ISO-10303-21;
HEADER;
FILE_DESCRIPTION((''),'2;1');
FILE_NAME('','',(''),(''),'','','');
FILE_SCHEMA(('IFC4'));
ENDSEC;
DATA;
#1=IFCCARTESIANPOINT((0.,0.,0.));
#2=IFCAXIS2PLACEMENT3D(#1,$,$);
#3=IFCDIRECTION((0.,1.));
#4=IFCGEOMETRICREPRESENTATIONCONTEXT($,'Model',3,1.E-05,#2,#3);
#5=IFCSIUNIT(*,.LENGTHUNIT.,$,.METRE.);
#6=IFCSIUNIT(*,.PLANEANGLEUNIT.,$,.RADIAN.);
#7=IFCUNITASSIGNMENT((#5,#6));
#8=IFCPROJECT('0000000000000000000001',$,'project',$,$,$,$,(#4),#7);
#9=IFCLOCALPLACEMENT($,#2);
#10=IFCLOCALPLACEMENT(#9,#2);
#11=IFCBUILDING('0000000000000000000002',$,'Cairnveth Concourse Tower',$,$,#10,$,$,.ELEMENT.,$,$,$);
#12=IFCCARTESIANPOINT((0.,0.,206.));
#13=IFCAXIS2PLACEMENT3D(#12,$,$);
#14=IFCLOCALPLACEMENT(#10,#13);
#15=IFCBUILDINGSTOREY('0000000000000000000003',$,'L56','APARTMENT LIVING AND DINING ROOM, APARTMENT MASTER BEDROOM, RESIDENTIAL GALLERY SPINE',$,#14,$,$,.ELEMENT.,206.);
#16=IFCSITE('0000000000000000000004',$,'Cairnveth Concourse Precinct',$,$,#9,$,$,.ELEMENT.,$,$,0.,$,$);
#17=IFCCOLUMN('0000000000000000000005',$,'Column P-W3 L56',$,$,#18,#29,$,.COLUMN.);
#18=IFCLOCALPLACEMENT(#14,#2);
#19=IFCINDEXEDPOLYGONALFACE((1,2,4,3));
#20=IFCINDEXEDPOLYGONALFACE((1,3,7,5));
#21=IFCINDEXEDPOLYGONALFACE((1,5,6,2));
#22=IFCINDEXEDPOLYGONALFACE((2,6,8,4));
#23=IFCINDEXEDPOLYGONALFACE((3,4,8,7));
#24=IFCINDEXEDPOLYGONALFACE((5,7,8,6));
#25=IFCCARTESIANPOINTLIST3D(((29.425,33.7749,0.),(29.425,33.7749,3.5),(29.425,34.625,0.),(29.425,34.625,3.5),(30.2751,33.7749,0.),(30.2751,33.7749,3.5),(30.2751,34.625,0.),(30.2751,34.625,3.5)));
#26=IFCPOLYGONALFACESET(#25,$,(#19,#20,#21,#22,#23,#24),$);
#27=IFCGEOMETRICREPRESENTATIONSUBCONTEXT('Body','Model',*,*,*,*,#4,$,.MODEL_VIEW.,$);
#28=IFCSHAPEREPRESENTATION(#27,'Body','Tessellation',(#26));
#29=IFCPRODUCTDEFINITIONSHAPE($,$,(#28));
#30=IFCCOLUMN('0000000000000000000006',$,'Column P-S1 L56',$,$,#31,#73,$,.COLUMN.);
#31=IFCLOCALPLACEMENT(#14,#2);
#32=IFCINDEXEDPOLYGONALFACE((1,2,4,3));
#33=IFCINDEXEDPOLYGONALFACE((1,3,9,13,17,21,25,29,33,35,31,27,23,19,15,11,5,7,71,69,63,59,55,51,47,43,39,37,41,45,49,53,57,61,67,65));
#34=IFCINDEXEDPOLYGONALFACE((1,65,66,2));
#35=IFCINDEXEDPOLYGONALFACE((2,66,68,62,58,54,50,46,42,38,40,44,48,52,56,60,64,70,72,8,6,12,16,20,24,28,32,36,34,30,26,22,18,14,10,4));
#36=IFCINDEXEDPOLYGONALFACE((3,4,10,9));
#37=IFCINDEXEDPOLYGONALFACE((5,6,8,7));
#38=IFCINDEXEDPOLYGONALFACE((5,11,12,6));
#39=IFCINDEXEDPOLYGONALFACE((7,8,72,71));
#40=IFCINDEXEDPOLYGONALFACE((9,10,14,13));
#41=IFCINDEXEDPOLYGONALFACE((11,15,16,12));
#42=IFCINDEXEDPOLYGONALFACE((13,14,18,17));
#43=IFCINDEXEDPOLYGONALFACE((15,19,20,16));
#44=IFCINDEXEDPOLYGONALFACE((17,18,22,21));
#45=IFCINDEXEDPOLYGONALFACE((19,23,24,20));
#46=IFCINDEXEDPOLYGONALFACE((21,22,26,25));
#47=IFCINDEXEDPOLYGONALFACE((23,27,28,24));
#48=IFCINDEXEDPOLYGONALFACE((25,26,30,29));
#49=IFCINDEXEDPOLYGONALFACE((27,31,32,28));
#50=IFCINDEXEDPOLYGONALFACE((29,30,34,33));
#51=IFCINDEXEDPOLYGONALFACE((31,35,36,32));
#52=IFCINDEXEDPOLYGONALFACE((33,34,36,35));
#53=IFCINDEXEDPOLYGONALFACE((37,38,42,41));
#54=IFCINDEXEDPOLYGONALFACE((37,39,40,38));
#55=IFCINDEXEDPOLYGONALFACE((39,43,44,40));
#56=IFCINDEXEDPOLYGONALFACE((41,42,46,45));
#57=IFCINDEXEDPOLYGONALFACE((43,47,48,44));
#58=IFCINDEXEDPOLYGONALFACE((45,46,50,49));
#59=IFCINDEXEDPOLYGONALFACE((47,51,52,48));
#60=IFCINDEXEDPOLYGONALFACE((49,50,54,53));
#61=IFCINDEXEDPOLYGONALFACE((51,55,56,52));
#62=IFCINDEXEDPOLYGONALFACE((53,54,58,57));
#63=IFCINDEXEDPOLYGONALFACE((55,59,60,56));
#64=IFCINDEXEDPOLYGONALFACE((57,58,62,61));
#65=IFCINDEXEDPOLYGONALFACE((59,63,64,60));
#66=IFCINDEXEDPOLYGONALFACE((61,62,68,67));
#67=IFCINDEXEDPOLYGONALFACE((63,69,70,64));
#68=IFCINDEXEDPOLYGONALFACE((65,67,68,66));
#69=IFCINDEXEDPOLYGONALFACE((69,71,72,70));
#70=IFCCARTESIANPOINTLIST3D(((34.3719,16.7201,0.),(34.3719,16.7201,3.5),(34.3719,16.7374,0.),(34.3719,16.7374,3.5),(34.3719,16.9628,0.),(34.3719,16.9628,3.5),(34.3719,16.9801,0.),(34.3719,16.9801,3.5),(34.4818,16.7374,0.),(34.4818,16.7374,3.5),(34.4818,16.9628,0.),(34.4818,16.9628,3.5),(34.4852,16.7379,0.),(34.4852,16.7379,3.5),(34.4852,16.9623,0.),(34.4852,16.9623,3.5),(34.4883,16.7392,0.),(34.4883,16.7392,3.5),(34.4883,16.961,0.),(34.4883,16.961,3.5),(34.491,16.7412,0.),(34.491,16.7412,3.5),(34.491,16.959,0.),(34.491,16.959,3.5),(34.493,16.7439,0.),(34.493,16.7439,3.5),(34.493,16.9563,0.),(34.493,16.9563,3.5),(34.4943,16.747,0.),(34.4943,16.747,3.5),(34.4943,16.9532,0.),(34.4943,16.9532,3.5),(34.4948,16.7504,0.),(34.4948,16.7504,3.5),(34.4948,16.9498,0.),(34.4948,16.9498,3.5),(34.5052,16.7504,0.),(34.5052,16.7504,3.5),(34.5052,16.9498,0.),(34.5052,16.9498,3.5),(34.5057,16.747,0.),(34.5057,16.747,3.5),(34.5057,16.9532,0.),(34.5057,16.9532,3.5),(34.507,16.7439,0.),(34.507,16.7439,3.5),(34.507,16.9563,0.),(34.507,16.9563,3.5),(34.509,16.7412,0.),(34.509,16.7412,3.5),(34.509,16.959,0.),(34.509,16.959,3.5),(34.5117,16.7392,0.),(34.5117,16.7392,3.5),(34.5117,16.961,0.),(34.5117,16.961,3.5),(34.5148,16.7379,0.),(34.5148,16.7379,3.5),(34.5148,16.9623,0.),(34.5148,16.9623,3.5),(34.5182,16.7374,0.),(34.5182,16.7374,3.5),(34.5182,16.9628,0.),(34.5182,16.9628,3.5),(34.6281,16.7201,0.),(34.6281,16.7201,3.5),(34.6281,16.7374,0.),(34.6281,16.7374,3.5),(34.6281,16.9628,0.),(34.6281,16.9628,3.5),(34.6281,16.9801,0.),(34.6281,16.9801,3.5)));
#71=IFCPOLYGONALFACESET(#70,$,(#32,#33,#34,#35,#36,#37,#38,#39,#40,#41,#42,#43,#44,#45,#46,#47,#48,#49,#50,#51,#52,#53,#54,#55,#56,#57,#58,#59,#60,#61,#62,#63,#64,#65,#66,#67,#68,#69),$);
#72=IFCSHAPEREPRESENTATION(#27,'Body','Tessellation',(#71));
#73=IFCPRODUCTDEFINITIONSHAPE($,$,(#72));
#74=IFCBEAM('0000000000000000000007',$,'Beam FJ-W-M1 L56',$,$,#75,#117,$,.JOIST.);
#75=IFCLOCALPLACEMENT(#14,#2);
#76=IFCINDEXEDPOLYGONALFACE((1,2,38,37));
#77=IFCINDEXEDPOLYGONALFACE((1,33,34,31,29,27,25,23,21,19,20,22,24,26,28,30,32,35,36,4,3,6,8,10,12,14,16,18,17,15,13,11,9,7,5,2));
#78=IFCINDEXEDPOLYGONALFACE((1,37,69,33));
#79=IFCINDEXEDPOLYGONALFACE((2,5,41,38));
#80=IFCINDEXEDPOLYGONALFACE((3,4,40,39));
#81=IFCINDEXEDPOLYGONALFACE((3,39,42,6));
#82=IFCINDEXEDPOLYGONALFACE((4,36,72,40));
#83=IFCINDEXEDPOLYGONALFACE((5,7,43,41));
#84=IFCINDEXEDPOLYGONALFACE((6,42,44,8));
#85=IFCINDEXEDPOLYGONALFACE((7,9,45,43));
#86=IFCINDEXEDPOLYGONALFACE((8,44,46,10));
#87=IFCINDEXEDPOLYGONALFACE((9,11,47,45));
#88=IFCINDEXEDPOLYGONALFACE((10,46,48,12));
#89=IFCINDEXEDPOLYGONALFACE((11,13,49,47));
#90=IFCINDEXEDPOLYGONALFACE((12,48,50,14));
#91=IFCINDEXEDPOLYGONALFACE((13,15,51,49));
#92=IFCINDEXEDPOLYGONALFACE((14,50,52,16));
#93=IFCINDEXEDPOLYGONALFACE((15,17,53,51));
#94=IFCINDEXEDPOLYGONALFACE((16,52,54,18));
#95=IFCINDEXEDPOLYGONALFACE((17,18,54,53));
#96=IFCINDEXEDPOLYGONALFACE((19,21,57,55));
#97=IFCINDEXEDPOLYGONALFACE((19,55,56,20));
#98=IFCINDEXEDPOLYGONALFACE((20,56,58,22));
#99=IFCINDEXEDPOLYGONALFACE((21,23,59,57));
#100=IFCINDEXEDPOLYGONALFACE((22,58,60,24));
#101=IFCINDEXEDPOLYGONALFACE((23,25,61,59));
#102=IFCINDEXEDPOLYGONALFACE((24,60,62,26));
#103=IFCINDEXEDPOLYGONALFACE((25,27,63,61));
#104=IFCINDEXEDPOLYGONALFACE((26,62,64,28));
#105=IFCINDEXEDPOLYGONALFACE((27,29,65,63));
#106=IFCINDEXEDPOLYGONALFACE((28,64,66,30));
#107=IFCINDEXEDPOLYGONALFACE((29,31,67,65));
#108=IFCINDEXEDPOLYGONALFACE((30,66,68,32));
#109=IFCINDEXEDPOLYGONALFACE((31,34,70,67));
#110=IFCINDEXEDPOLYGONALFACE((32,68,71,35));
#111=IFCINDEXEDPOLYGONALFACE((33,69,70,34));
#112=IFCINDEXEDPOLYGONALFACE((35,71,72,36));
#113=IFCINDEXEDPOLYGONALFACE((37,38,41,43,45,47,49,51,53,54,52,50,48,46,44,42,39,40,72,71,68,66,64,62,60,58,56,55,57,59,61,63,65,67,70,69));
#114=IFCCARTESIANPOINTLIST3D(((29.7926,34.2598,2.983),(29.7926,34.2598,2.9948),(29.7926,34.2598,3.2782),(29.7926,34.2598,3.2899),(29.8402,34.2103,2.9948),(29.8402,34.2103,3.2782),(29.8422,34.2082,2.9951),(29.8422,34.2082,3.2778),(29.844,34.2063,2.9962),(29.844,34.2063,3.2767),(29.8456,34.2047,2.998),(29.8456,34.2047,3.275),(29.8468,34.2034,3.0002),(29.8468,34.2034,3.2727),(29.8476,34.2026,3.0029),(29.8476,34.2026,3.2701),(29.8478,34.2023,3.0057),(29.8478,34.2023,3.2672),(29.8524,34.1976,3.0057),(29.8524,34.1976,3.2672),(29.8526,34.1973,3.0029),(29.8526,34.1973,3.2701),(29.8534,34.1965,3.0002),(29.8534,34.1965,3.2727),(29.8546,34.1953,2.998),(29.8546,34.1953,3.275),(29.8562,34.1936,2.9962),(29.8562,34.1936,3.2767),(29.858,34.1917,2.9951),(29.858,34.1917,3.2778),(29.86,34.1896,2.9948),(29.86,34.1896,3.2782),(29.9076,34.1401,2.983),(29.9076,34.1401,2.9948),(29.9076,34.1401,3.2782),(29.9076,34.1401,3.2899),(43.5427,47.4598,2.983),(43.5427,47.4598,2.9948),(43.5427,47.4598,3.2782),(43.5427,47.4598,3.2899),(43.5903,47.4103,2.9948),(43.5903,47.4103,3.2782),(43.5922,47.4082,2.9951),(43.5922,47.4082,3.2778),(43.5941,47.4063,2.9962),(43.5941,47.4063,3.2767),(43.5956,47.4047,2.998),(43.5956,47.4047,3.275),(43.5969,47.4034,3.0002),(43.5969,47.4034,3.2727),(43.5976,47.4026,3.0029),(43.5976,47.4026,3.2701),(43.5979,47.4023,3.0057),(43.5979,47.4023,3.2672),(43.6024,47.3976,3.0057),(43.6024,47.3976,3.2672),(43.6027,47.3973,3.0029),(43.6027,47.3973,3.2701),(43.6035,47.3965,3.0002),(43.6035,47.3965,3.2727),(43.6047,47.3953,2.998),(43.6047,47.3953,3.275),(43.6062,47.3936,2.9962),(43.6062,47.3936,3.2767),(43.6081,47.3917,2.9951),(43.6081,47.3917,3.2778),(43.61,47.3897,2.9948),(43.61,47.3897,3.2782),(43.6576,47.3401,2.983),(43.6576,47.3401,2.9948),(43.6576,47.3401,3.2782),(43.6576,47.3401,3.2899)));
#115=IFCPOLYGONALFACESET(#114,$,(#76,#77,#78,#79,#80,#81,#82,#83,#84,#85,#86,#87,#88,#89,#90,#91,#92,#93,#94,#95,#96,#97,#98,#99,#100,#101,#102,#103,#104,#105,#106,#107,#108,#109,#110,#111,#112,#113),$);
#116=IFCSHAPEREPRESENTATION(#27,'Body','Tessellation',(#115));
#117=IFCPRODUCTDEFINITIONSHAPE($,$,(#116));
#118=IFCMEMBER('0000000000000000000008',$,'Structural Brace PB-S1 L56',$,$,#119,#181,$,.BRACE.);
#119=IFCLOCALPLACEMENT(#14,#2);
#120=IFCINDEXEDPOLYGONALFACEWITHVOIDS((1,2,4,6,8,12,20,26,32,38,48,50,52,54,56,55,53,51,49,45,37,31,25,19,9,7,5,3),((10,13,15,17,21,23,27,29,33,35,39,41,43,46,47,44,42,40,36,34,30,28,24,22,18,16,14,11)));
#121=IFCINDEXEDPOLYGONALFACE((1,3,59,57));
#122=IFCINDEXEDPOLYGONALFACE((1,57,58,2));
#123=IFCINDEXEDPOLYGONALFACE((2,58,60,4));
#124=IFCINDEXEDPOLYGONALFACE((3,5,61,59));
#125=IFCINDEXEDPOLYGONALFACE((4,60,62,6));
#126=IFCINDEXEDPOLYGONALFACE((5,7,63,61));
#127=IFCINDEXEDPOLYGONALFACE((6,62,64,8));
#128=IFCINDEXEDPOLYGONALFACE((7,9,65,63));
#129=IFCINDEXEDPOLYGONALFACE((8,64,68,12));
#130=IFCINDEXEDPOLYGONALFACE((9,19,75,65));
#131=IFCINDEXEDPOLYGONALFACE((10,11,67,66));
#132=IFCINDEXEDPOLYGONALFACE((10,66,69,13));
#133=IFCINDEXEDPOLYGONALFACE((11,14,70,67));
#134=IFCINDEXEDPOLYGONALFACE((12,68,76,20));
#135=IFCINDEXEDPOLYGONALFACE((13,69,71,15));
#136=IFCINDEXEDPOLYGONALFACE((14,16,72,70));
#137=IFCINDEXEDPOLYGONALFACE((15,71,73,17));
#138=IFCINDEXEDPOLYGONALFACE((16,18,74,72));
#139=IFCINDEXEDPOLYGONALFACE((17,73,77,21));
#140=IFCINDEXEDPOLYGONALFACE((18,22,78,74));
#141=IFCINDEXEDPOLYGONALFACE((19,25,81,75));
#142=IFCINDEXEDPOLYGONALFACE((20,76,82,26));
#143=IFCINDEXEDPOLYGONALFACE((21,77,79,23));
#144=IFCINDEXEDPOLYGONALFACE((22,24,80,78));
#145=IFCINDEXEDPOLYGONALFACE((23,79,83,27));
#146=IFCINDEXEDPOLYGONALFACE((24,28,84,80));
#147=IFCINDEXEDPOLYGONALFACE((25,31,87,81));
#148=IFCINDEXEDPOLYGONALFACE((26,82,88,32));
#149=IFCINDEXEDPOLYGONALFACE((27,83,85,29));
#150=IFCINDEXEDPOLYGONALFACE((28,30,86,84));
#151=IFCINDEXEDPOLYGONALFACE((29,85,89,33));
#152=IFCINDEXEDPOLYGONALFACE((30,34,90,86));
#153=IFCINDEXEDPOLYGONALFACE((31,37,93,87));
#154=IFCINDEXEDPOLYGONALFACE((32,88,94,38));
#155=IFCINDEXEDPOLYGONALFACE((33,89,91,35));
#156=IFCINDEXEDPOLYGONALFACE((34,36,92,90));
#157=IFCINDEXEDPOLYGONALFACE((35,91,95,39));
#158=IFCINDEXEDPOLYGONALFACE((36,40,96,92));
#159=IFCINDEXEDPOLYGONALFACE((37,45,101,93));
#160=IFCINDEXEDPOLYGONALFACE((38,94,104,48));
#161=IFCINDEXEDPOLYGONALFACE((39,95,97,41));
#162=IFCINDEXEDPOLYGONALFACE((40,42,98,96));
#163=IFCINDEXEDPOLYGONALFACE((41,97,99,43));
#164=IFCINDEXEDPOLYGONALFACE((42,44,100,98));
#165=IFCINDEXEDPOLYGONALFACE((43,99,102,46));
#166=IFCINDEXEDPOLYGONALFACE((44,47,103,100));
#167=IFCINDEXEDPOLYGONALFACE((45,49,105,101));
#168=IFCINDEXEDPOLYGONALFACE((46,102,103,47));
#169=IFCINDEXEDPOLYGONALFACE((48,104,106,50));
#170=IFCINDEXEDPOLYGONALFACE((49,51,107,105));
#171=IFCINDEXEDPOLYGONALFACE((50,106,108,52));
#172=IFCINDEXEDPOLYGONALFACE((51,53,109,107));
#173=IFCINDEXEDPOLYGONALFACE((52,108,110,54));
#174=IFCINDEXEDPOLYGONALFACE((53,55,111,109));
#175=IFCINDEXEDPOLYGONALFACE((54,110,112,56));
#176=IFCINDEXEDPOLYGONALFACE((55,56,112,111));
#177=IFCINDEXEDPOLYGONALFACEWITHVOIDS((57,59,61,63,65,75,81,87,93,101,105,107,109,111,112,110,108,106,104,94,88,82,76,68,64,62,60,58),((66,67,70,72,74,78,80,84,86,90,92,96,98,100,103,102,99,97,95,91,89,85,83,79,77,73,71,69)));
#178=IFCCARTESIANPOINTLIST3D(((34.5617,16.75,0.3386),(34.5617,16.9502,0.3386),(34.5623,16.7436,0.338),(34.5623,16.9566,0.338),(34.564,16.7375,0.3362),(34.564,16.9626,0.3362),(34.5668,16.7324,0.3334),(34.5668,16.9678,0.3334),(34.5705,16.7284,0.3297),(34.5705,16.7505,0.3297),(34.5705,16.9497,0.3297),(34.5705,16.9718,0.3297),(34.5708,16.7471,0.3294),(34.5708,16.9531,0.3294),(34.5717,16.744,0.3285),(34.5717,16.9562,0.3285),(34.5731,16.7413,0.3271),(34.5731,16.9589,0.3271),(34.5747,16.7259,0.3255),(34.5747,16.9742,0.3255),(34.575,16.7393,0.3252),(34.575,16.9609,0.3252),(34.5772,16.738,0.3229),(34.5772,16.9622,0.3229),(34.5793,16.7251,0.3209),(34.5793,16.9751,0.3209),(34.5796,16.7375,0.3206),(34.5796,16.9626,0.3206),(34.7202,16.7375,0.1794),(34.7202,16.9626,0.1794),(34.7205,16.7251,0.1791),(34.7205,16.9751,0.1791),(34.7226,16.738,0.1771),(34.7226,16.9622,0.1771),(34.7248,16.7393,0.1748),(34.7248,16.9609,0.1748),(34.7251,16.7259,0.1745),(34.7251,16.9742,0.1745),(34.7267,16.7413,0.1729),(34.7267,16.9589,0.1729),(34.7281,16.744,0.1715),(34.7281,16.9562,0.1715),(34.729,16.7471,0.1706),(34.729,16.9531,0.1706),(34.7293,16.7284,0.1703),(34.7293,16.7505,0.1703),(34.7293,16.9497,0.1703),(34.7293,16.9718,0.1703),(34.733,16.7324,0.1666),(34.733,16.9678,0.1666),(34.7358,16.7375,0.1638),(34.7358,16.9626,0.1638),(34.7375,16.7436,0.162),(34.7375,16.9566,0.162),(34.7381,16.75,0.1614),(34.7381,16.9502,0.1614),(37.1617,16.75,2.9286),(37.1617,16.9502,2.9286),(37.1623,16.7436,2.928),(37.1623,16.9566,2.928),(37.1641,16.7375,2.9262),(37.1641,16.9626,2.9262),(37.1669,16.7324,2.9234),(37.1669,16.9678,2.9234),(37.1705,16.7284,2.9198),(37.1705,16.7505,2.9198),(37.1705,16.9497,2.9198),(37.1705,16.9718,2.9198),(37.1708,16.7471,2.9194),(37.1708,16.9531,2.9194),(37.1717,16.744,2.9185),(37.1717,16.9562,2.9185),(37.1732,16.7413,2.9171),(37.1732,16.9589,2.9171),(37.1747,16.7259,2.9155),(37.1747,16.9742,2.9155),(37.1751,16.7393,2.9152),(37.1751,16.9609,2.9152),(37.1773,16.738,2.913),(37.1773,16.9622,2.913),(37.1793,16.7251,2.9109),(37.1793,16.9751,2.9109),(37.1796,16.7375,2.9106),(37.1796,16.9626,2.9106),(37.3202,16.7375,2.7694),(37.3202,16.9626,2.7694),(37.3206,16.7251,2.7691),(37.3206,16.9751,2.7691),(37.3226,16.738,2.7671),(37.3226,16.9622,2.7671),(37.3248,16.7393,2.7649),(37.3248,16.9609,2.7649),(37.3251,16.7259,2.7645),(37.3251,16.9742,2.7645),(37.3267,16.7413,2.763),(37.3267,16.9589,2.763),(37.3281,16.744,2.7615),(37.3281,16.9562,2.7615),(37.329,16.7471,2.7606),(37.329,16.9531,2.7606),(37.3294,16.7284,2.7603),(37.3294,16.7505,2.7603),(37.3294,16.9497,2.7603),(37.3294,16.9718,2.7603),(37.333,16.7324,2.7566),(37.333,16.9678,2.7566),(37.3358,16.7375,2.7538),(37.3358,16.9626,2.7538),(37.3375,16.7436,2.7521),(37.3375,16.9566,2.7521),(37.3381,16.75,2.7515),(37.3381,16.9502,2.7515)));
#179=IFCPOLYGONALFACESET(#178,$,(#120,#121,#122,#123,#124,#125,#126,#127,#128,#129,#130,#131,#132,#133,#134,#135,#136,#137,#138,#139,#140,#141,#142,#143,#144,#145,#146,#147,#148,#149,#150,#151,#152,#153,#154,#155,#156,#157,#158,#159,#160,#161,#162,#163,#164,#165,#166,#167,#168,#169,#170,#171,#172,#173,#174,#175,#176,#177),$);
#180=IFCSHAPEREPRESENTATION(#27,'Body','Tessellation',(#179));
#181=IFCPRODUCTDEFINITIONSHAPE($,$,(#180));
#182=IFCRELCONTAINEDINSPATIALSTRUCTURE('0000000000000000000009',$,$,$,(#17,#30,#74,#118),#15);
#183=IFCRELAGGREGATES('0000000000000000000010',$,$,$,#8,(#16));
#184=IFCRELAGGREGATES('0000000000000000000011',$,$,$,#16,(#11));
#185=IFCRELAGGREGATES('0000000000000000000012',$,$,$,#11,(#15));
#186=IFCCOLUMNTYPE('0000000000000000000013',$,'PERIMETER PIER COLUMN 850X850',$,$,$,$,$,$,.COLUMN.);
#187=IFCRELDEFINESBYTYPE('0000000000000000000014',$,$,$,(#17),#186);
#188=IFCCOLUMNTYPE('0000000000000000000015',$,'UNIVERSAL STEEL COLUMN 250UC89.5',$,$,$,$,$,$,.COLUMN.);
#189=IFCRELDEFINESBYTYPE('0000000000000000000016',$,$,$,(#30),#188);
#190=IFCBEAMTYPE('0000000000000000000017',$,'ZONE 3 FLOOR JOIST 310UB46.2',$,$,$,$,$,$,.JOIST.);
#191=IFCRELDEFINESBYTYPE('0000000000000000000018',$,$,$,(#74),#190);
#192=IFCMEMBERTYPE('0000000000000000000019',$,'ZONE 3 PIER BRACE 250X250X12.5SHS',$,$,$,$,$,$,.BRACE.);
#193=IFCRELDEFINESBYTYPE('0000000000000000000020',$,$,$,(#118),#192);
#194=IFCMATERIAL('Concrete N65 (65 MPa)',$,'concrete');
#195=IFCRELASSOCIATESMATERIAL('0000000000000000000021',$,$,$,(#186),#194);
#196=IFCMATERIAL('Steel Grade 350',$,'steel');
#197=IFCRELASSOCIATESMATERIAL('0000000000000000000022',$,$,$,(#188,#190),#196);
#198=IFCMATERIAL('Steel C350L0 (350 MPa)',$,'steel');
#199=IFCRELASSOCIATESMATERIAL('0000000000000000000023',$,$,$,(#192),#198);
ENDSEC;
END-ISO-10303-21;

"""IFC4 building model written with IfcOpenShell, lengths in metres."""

from ifc_helpers import new_model, si_unit, direction, frame, origin, origin_2d, place, context, subcontext, project, spatial, rectangle, hollow_rectangle, i_section, extrude, material, material_profile, profile_set, type_object, element, save


model = new_model("IFC4")

# Units and contexts
model_context = context("Model", 3, precision=1e-05, world=origin(), true_north=direction((0.0, 1.0)))
body_context = subcontext(model_context, "Body", "Model", "MODEL_VIEW")
ifc_project = project(units=[si_unit("LENGTHUNIT", "METRE"), si_unit("PLANEANGLEUNIT", "RADIAN")], contexts=[model_context])

# Site, building, storey
site_placement = place(None, origin())
site = spatial("IfcSite", under=ifc_project, at=site_placement, Name="Cairnveth Concourse Precinct", CompositionType="ELEMENT", RefElevation=0.0)
building_placement = place(site_placement, origin())
building = spatial("IfcBuilding", under=site, at=building_placement, Name="Cairnveth Concourse Tower", CompositionType="ELEMENT")
storey_placement = place(building_placement, frame((0.0, 0.0, 206.0)))
storey = spatial("IfcBuildingStorey", under=building, at=storey_placement, Name="L56", Description="APARTMENT LIVING AND DINING ROOM, APARTMENT MASTER BEDROOM, RESIDENTIAL GALLERY SPINE", CompositionType="ELEMENT", Elevation=206.0)

# Columns
ifc_material_1 = material(Name="Concrete N65 (65 MPa)", Category="concrete")
ifc_material_profile_1 = material_profile(ifc_material_1, rectangle(XDim=0.8501, YDim=0.8501, at=origin_2d()), Name="RC-COL-850x850")
ifc_profile_set_1 = profile_set([ifc_material_profile_1], Name="Concrete N65 (65 MPa)")
column_type_1 = type_object("IfcColumnType", Name="PERIMETER PIER COLUMN 850X850", PredefinedType="COLUMN", material=ifc_profile_set_1)
column_1_placement = place(storey_placement, frame((29.8501, 34.2, 0.0), z_axis=(0.0, 0.0, 1.0), x_axis=(0.0, 1.0, 0.0)))
element("IfcColumn", 1, at=column_1_placement, inside=storey, type_object=column_type_1, Name="Column P-W3 L56", PredefinedType="COLUMN", context=body_context, shape_type="SweptSolid", body=[
    extrude(rectangle(XDim=0.8501, YDim=0.8501, at=origin_2d()), origin(), (0.0, 0.0, 1.0), 3.5),
])
ifc_material_2 = material(Name="Steel Grade 350", Category="steel")
ifc_material_profile_2 = material_profile(ifc_material_2, i_section(OverallWidth=0.2561, OverallDepth=0.26, WebThickness=0.0105, FlangeThickness=0.0173, FilletRadius=0.0129, at=origin_2d()), Name="250UC89.5")
ifc_profile_set_2 = profile_set([ifc_material_profile_2], Name="Steel Grade 350")
column_type_2 = type_object("IfcColumnType", Name="UNIVERSAL STEEL COLUMN 250UC89.5", PredefinedType="COLUMN", material=ifc_profile_set_2)
column_2_placement = place(storey_placement, frame((34.5, 16.8501, 0.0), z_axis=(0.0, 0.0, 1.0), x_axis=(1.0, 0.0, 0.0)))
element("IfcColumn", 2, at=column_2_placement, inside=storey, type_object=column_type_2, Name="Column P-S1 L56", PredefinedType="COLUMN", context=body_context, shape_type="SweptSolid", body=[
    extrude(i_section(OverallWidth=0.2561, OverallDepth=0.26, WebThickness=0.0105, FlangeThickness=0.0173, FilletRadius=0.0129, at=origin_2d()), origin(), (0.0, 0.0, 1.0), 3.5),
])

# Beam
ifc_material_profile_3 = material_profile(ifc_material_2, i_section(OverallWidth=0.166, OverallDepth=0.3069, WebThickness=0.0066, FlangeThickness=0.0117, FilletRadius=0.011, at=origin_2d()), Name="310UB46.2")
ifc_profile_set_3 = profile_set([ifc_material_profile_3], Name="Steel Grade 350")
beam_type_1 = type_object("IfcBeamType", Name="ZONE 3 FLOOR JOIST 310UB46.2", PredefinedType="JOIST", material=ifc_profile_set_3)
beam_1_placement = place(storey_placement, frame((29.8501, 34.2, 3.1365), z_axis=(0.721389, 0.69253, 0.0), x_axis=(-0.69253, 0.721389, 0.0)))
element("IfcBeam", 3, at=beam_1_placement, inside=storey, type_object=beam_type_1, Name="Beam FJ-W-M1 L56", PredefinedType="JOIST", context=body_context, shape_type="SweptSolid", body=[
    extrude(i_section(OverallWidth=0.166, OverallDepth=0.3069, WebThickness=0.0066, FlangeThickness=0.0117, FilletRadius=0.011, at=origin_2d()), origin(), (0.0, 0.0, 1.0), 19.0605),
])

# Member
ifc_material_3 = material(Name="Steel C350L0 (350 MPa)", Category="steel")
ifc_material_profile_4 = material_profile(ifc_material_3, hollow_rectangle(XDim=0.25, YDim=0.25, WallThickness=0.0125, InnerFilletRadius=0.0129, OuterFilletRadius=0.0249, at=origin_2d()), Name="250x250x12.5SHS")
ifc_profile_set_4 = profile_set([ifc_material_profile_4], Name="Steel C350L0 (350 MPa)")
member_type = type_object("IfcMemberType", Name="ZONE 3 PIER BRACE 250X250X12.5SHS", PredefinedType="BRACE", material=ifc_profile_set_4)
for number, where, z_axis, x_axis, name in (
    (4, (34.6499, 16.8501, 0.25), (0.708469, 0.0, 0.705742), (0.0, 1.0, 0.0), "Structural Brace PB-S1 L56"),
):
    element("IfcMember", number, at=place(storey_placement, frame(where, z_axis=z_axis, x_axis=x_axis)), inside=storey, type_object=member_type, Name=name, PredefinedType="BRACE", context=body_context, shape_type="SweptSolid", body=[
        extrude(hollow_rectangle(XDim=0.25, YDim=0.25, WallThickness=0.0125, InnerFilletRadius=0.0129, OuterFilletRadius=0.0249, at=origin_2d()), origin(), (0.0, 0.0, 1.0), 3.6699),
    ])

save(model, "model.ifc")
